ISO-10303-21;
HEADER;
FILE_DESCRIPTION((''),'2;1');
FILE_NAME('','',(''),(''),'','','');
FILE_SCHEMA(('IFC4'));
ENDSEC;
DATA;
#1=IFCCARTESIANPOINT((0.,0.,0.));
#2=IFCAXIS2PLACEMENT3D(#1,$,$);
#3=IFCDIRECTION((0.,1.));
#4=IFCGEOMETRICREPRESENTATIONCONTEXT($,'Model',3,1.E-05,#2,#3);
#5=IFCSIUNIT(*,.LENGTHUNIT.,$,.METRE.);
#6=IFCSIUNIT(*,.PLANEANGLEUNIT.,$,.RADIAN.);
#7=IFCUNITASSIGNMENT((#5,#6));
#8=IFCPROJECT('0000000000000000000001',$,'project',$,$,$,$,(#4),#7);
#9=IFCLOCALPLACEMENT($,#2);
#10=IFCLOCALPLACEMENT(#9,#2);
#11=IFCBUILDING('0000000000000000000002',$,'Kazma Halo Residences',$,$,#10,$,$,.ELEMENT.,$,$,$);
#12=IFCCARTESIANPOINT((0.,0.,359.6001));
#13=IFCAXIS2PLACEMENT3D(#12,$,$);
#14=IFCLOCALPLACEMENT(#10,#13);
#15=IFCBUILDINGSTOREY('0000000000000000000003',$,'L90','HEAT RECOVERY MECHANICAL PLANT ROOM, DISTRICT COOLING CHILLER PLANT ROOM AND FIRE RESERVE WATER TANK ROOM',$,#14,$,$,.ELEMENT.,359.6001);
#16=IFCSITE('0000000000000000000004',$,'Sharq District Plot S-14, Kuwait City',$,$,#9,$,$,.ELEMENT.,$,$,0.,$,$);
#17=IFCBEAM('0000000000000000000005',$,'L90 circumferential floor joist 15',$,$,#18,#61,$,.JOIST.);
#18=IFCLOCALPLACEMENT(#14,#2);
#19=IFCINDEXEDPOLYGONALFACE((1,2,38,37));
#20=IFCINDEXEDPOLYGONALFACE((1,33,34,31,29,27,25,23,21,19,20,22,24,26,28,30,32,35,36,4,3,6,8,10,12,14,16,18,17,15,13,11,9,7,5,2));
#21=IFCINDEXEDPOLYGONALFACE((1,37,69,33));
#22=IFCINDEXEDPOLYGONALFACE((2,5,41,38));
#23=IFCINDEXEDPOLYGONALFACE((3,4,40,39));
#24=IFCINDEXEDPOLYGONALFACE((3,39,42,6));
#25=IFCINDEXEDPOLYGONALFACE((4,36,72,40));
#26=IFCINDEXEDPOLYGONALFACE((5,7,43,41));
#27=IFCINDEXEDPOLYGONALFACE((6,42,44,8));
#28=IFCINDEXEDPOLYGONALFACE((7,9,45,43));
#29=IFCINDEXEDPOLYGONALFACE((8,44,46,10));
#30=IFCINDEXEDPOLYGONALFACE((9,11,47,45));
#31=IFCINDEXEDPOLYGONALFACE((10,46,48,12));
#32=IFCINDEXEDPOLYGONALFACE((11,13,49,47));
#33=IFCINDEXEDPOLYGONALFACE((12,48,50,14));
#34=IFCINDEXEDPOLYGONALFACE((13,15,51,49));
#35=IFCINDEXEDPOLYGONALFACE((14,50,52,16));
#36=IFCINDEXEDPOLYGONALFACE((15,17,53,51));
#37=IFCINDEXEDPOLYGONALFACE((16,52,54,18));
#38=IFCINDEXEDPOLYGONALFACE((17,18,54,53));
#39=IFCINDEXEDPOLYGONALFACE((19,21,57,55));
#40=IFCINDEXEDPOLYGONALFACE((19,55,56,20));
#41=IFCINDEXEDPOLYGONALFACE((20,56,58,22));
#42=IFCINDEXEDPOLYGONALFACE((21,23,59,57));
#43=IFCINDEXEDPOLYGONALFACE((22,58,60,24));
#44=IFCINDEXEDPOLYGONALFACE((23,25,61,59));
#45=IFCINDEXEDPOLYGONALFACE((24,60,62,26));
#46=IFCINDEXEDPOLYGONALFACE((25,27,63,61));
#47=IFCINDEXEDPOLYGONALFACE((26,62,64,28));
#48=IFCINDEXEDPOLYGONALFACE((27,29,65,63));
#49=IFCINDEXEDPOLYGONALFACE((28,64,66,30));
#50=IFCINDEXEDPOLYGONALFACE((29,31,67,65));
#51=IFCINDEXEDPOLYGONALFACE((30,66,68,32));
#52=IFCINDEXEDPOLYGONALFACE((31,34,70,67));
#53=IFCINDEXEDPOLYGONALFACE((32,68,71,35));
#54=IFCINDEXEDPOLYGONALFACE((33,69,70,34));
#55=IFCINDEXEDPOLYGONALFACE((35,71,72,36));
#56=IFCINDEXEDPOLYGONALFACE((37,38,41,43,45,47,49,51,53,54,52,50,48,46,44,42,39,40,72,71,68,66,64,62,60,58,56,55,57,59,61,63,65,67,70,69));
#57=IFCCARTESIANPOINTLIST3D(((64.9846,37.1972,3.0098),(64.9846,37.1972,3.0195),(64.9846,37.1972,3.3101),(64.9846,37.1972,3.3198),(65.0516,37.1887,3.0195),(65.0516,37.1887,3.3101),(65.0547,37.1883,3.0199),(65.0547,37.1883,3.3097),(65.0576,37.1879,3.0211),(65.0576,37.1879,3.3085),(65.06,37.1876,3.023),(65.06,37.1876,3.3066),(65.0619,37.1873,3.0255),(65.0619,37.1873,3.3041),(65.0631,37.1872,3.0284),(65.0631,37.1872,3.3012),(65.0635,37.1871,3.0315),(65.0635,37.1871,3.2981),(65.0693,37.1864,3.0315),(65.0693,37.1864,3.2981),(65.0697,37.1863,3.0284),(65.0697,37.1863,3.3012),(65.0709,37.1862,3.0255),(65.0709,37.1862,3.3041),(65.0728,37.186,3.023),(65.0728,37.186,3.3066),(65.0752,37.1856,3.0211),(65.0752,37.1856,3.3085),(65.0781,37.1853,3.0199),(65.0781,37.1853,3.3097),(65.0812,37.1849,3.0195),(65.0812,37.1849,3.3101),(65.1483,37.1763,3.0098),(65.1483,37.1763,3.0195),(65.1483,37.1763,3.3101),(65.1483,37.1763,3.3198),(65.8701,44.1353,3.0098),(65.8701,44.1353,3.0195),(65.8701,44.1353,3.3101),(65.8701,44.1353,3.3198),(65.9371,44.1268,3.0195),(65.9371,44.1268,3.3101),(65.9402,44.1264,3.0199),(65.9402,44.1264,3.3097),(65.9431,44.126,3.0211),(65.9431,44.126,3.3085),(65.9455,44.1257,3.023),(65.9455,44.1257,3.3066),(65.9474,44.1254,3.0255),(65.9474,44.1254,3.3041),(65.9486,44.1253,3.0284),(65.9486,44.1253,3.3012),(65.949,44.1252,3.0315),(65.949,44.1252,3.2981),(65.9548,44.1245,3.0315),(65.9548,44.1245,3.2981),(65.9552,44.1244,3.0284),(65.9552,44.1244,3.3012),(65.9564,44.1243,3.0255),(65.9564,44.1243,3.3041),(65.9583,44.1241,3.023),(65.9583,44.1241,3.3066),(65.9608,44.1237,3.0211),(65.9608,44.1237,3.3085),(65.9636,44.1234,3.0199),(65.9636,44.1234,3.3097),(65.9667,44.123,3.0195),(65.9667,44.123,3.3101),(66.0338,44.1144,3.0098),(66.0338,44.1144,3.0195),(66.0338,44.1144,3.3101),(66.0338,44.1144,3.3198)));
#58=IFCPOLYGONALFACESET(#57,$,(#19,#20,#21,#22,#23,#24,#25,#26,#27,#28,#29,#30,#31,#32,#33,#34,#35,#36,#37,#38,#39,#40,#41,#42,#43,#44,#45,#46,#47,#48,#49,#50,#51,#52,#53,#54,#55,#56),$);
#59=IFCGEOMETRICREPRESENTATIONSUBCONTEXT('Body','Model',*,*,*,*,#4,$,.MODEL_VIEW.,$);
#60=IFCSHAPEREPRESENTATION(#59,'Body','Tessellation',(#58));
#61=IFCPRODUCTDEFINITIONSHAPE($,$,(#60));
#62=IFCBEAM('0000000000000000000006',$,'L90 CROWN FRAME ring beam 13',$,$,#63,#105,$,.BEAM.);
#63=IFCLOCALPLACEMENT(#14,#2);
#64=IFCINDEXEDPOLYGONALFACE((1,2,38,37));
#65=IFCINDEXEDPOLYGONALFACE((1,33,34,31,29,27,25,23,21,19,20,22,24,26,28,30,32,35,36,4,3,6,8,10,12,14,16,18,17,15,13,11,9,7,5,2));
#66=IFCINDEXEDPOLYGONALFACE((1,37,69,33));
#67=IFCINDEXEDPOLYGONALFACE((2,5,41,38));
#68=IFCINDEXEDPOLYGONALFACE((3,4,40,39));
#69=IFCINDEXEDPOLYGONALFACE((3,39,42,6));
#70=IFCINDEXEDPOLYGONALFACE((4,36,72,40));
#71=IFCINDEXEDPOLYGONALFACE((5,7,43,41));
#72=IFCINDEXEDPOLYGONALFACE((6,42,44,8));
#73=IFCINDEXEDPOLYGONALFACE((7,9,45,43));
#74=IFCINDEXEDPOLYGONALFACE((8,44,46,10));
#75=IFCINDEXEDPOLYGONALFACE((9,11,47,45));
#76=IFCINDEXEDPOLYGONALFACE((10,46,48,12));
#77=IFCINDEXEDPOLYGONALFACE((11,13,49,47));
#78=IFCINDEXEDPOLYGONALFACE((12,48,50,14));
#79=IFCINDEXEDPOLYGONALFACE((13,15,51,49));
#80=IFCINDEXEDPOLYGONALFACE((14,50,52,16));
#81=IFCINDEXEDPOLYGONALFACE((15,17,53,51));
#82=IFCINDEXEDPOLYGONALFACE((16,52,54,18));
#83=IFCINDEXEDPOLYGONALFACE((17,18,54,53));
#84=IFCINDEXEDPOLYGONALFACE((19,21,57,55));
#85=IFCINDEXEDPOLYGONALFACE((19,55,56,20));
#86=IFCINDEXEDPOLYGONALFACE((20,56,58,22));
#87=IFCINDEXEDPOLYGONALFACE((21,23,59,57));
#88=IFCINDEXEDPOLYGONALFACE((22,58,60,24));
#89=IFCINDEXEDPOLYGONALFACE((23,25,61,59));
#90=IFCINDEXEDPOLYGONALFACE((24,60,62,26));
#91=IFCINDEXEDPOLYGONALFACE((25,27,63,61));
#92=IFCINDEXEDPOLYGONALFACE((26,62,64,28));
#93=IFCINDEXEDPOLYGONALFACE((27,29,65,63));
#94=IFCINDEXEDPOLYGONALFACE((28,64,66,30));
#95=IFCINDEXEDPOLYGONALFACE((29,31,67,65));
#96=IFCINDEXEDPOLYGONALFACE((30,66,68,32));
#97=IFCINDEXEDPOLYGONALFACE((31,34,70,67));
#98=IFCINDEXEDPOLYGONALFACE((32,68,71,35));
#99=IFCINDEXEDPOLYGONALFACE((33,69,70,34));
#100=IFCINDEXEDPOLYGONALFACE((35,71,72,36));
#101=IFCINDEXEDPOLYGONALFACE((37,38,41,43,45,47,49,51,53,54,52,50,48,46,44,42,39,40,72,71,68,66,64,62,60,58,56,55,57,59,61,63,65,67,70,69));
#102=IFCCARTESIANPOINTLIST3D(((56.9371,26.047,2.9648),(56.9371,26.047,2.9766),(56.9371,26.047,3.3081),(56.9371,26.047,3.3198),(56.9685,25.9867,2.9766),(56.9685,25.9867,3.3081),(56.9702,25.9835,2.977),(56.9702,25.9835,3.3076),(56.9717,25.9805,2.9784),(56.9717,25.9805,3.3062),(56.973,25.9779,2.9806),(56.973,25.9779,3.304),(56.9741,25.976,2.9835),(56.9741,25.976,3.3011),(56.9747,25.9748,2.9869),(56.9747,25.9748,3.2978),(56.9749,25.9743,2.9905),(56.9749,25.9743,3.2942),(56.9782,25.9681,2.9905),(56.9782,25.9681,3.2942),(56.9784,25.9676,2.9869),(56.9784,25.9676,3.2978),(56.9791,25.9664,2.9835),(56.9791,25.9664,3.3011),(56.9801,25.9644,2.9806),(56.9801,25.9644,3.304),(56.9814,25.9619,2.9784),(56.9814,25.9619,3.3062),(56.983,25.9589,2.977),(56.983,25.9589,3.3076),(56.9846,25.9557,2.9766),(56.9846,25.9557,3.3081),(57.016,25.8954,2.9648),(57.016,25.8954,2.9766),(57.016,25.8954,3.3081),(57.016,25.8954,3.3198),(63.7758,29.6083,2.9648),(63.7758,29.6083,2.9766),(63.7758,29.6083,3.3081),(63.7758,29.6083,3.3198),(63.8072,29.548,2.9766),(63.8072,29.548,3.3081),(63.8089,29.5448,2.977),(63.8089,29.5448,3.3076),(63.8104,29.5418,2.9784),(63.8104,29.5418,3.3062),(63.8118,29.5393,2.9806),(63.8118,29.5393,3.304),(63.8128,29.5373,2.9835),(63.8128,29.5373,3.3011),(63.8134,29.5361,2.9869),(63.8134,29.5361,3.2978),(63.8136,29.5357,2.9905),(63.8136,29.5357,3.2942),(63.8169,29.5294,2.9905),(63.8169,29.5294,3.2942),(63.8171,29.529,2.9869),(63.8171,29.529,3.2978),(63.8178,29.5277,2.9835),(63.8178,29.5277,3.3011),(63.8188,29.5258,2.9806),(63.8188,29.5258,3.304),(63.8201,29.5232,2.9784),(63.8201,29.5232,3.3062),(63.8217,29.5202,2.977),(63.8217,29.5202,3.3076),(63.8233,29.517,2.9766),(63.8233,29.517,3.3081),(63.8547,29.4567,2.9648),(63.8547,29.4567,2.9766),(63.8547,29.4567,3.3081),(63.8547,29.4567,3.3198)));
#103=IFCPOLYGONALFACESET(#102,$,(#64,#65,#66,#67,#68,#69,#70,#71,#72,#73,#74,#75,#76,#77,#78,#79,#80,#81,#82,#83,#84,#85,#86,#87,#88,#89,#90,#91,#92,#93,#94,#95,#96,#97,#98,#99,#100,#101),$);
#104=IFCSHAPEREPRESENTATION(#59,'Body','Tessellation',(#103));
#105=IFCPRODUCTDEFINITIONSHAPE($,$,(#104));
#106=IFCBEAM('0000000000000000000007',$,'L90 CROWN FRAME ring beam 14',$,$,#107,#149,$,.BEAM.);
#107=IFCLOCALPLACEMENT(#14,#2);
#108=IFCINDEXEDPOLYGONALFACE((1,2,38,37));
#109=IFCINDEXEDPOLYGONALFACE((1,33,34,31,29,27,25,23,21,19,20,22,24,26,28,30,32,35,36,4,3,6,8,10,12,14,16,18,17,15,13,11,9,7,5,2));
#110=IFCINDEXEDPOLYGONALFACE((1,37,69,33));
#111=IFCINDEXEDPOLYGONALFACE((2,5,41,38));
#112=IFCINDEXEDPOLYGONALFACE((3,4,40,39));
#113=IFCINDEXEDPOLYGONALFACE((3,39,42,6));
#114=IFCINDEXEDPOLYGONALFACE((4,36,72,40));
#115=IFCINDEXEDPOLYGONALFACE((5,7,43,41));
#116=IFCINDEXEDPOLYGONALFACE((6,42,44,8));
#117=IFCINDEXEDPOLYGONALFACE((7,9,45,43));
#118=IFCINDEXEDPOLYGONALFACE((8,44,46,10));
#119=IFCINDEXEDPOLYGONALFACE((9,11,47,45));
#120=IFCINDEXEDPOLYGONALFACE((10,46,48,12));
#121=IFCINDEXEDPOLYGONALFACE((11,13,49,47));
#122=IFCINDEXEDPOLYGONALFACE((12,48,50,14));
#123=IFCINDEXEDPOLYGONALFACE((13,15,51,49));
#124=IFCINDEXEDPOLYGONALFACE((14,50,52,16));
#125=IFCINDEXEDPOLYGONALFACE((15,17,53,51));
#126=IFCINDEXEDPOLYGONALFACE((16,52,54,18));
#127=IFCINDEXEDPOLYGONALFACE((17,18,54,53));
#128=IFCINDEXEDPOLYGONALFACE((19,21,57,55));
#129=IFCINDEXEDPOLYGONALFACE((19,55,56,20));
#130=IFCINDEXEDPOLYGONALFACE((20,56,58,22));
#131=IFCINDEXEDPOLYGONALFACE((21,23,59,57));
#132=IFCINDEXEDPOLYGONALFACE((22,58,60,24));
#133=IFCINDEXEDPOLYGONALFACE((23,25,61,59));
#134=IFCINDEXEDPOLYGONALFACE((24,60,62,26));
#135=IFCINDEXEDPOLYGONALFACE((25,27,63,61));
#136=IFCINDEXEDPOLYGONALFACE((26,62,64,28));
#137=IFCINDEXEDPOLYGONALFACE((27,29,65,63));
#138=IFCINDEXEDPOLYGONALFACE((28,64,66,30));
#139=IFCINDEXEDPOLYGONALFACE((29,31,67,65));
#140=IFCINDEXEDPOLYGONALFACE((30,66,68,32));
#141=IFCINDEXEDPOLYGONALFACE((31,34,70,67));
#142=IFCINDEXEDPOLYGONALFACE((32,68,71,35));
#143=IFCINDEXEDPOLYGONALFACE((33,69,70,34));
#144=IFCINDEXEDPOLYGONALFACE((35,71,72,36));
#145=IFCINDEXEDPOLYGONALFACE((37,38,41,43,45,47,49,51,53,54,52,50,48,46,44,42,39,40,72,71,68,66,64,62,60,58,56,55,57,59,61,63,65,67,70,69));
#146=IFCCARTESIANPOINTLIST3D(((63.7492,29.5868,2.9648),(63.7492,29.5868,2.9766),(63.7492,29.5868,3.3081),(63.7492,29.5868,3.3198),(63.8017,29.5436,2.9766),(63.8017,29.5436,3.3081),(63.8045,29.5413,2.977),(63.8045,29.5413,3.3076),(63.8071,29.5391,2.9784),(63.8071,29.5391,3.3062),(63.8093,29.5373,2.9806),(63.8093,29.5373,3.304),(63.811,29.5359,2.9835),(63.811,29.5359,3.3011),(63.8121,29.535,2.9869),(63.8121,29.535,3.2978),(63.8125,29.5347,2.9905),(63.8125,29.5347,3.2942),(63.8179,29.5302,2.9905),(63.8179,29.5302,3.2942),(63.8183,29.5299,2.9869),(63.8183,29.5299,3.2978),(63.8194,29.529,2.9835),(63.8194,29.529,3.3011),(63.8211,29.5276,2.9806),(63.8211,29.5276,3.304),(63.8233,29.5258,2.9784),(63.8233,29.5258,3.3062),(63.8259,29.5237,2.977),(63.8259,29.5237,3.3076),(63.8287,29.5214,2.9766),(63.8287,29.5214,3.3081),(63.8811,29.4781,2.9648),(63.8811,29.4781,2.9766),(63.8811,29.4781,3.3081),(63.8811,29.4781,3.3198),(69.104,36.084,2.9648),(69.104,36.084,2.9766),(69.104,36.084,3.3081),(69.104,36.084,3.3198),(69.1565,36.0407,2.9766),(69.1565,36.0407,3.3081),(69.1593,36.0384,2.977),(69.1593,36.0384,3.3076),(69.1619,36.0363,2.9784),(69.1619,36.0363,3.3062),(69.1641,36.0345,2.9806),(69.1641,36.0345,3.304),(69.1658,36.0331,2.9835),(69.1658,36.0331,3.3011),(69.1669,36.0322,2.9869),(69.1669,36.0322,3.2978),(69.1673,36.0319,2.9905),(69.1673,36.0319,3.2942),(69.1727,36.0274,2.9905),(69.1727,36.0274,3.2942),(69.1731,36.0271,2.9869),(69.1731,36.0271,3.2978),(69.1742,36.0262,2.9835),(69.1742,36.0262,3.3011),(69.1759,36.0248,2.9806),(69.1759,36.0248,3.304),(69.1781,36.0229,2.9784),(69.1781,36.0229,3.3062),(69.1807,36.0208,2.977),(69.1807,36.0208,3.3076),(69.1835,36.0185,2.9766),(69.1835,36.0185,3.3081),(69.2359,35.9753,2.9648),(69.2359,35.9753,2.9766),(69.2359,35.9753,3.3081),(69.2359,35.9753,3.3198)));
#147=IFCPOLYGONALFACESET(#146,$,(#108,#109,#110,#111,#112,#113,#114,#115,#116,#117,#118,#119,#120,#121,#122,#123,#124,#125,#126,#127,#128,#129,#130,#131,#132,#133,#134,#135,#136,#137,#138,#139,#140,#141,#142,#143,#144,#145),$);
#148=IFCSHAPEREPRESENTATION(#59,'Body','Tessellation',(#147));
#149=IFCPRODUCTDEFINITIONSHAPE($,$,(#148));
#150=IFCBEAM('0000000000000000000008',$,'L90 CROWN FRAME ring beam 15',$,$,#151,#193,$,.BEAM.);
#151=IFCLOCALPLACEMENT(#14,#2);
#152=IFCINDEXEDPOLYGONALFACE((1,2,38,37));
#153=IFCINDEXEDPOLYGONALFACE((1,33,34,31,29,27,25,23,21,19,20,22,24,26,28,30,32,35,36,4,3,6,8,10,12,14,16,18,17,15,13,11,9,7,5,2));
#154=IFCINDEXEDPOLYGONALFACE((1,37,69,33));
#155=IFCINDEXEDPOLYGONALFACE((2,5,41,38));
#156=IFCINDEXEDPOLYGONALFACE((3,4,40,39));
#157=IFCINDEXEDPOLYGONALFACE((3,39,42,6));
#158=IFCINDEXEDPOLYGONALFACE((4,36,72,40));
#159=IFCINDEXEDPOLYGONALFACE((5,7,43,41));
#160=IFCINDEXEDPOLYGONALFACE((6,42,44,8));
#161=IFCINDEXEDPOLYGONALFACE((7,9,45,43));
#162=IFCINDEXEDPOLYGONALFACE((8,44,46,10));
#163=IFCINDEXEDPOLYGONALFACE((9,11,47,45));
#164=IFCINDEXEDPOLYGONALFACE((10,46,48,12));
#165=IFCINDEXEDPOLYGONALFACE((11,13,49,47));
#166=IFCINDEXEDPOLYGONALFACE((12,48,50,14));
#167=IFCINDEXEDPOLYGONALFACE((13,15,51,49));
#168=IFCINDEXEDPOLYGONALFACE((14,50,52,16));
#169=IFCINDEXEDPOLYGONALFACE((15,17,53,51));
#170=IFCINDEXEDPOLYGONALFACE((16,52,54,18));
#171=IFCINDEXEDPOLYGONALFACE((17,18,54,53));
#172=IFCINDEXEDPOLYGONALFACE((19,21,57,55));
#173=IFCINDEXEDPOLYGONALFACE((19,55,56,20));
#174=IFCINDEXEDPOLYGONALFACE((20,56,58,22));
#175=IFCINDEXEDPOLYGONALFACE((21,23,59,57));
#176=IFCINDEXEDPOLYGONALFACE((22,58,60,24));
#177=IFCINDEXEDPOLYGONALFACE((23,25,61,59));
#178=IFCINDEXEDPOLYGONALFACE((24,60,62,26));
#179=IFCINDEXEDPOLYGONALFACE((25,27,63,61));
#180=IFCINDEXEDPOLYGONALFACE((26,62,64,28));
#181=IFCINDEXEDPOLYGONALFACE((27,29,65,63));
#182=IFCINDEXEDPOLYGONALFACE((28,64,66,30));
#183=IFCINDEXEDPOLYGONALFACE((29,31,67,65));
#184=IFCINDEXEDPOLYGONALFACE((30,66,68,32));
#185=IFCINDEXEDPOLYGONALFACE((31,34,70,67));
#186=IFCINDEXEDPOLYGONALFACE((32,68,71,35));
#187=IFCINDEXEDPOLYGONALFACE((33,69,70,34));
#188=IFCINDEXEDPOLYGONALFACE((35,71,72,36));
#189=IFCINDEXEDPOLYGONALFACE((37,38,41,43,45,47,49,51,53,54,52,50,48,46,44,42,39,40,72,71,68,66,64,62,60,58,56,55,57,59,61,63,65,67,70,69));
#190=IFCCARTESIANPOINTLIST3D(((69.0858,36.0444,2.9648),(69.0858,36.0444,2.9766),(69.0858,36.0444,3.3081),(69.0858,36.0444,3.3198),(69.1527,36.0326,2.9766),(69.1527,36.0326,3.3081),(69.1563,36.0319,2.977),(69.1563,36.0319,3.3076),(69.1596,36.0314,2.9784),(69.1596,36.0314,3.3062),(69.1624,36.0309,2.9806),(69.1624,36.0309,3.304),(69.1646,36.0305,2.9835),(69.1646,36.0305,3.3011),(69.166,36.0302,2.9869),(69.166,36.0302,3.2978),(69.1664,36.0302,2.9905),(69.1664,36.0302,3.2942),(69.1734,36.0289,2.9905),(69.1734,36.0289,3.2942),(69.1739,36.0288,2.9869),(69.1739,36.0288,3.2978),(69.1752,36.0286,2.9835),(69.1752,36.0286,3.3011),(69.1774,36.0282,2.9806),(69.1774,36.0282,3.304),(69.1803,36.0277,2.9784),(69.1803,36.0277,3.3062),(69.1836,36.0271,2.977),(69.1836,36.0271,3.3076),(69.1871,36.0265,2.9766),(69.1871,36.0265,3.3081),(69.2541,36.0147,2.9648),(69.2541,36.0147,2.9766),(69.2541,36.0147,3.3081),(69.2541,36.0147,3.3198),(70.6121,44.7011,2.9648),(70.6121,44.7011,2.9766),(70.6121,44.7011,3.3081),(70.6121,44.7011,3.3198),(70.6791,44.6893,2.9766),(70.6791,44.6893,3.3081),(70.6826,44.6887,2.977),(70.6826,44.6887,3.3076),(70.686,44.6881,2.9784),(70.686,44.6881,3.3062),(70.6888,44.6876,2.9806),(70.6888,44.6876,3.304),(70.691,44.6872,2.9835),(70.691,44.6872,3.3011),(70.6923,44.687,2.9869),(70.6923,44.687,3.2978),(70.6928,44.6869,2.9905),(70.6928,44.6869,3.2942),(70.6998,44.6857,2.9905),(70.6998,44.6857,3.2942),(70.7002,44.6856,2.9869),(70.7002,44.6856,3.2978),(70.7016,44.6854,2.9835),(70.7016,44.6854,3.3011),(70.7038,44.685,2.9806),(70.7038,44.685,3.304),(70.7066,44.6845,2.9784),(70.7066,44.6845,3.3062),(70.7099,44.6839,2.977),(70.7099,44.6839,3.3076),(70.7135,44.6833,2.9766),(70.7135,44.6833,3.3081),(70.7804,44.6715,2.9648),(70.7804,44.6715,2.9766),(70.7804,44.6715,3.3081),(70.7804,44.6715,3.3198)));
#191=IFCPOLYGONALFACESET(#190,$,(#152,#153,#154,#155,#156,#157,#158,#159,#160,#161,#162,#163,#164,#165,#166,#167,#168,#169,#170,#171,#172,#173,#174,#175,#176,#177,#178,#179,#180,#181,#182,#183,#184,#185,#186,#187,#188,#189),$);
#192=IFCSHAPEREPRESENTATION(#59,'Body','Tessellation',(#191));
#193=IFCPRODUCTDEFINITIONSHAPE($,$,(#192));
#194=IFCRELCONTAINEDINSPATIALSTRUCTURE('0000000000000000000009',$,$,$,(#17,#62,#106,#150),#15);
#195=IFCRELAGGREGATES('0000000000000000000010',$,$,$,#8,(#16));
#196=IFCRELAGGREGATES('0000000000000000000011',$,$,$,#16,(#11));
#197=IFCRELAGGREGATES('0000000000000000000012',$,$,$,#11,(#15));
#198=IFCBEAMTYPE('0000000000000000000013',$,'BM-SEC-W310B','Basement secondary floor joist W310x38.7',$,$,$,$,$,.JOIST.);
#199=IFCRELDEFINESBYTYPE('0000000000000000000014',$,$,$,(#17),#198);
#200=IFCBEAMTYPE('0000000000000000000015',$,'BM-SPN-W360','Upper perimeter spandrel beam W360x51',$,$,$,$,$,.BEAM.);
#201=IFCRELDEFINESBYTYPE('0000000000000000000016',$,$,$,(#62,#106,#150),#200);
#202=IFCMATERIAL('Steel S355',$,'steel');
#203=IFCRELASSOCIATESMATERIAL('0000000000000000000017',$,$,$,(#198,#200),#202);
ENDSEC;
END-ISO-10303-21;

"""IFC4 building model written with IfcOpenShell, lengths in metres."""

from ifc_helpers import new_model, si_unit, direction, frame, origin, origin_2d, place, context, subcontext, project, spatial, i_section, extrude, material, material_profile, profile_set, type_object, element, save


model = new_model("IFC4")

# Units and contexts
model_context = context("Model", 3, precision=1e-05, world=origin(), true_north=direction((0.0, 1.0)))
body_context = subcontext(model_context, "Body", "Model", "MODEL_VIEW")
ifc_project = project(units=[si_unit("LENGTHUNIT", "METRE"), si_unit("PLANEANGLEUNIT", "RADIAN")], contexts=[model_context])

# Site, building, storey
site_placement = place(None, origin())
site = spatial("IfcSite", under=ifc_project, at=site_placement, Name="Sharq District Plot S-14, Kuwait City", CompositionType="ELEMENT", RefElevation=0.0)
building_placement = place(site_placement, origin())
building = spatial("IfcBuilding", under=site, at=building_placement, Name="Kazma Halo Residences", CompositionType="ELEMENT")
storey_placement = place(building_placement, frame((0.0, 0.0, 359.6001)))
storey = spatial("IfcBuildingStorey", under=building, at=storey_placement, Name="L90", Description="HEAT RECOVERY MECHANICAL PLANT ROOM, DISTRICT COOLING CHILLER PLANT ROOM AND FIRE RESERVE WATER TANK ROOM", CompositionType="ELEMENT", Elevation=359.6001)

# Shared definitions
ifc_material_1 = material(Name="Steel S355", Category="steel")

# Beams
ifc_material_profile_1 = material_profile(ifc_material_1, i_section(OverallWidth=0.165, OverallDepth=0.3101, WebThickness=0.0059, FlangeThickness=0.0098, FilletRadius=0.012, at=origin_2d()), Name="W310x38.7")
ifc_profile_set_1 = profile_set([ifc_material_profile_1], Name="Steel S355")
beam_type_1 = type_object("IfcBeamType", Name="BM-SEC-W310B", Description="Basement secondary floor joist W310x38.7", PredefinedType="JOIST", material=ifc_profile_set_1)
beam_1_placement = place(storey_placement, frame((65.0664, 37.1868, 3.1648), z_axis=(0.126603, 0.991953, 0.0), x_axis=(-0.991953, 0.126603, 0.0)))
element("IfcBeam", 1, at=beam_1_placement, inside=storey, type_object=beam_type_1, Name="L90 circumferential floor joist 15", PredefinedType="JOIST", context=body_context, shape_type="SweptSolid", body=[
    extrude(i_section(OverallWidth=0.165, OverallDepth=0.3101, WebThickness=0.0059, FlangeThickness=0.0098, FilletRadius=0.012, at=origin_2d()), origin(), (0.0, 0.0, 1.0), 6.9944),
])
ifc_material_profile_2 = material_profile(ifc_material_1, i_section(OverallWidth=0.1709, OverallDepth=0.355, WebThickness=0.0071, FlangeThickness=0.0117, FilletRadius=0.0139, at=origin_2d()), Name="W360x51")
ifc_profile_set_2 = profile_set([ifc_material_profile_2], Name="Steel S355")
beam_type_2 = type_object("IfcBeamType", Name="BM-SPN-W360", Description="Upper perimeter spandrel beam W360x51", PredefinedType="BEAM", material=ifc_profile_set_2)
beam_2_placement = place(storey_placement, frame((56.9766, 25.9712, 3.1423), z_axis=(0.886941, 0.461883, 0.0), x_axis=(-0.461883, 0.886941, 0.0)))
element("IfcBeam", 2, at=beam_2_placement, inside=storey, type_object=beam_type_2, Name="L90 CROWN FRAME ring beam 13", PredefinedType="BEAM", context=body_context, shape_type="SweptSolid", body=[
    extrude(i_section(OverallWidth=0.1709, OverallDepth=0.355, WebThickness=0.0071, FlangeThickness=0.0117, FilletRadius=0.0139, at=origin_2d()), origin(), (0.0, 0.0, 1.0), 7.7104),
])
beam_3_placement = place(storey_placement, frame((63.8152, 29.5325, 3.1423), z_axis=(0.636005, 0.771685, 0.0), x_axis=(-0.771685, 0.636005, 0.0)))
element("IfcBeam", 3, at=beam_3_placement, inside=storey, type_object=beam_type_2, Name="L90 CROWN FRAME ring beam 14", PredefinedType="BEAM", context=body_context, shape_type="SweptSolid", body=[
    extrude(i_section(OverallWidth=0.1709, OverallDepth=0.355, WebThickness=0.0071, FlangeThickness=0.0117, FilletRadius=0.0139, at=origin_2d()), origin(), (0.0, 0.0, 1.0), 8.4194),
])
beam_4_placement = place(storey_placement, frame((69.1699, 36.0295, 3.1423), z_axis=(0.173643, 0.984809, 0.0), x_axis=(-0.984809, 0.173643, 0.0)))
element("IfcBeam", 4, at=beam_4_placement, inside=storey, type_object=beam_type_2, Name="L90 CROWN FRAME ring beam 15", PredefinedType="BEAM", context=body_context, shape_type="SweptSolid", body=[
    extrude(i_section(OverallWidth=0.1709, OverallDepth=0.355, WebThickness=0.0071, FlangeThickness=0.0117, FilletRadius=0.0139, at=origin_2d()), origin(), (0.0, 0.0, 1.0), 8.7903),
])

save(model, "model.ifc")
